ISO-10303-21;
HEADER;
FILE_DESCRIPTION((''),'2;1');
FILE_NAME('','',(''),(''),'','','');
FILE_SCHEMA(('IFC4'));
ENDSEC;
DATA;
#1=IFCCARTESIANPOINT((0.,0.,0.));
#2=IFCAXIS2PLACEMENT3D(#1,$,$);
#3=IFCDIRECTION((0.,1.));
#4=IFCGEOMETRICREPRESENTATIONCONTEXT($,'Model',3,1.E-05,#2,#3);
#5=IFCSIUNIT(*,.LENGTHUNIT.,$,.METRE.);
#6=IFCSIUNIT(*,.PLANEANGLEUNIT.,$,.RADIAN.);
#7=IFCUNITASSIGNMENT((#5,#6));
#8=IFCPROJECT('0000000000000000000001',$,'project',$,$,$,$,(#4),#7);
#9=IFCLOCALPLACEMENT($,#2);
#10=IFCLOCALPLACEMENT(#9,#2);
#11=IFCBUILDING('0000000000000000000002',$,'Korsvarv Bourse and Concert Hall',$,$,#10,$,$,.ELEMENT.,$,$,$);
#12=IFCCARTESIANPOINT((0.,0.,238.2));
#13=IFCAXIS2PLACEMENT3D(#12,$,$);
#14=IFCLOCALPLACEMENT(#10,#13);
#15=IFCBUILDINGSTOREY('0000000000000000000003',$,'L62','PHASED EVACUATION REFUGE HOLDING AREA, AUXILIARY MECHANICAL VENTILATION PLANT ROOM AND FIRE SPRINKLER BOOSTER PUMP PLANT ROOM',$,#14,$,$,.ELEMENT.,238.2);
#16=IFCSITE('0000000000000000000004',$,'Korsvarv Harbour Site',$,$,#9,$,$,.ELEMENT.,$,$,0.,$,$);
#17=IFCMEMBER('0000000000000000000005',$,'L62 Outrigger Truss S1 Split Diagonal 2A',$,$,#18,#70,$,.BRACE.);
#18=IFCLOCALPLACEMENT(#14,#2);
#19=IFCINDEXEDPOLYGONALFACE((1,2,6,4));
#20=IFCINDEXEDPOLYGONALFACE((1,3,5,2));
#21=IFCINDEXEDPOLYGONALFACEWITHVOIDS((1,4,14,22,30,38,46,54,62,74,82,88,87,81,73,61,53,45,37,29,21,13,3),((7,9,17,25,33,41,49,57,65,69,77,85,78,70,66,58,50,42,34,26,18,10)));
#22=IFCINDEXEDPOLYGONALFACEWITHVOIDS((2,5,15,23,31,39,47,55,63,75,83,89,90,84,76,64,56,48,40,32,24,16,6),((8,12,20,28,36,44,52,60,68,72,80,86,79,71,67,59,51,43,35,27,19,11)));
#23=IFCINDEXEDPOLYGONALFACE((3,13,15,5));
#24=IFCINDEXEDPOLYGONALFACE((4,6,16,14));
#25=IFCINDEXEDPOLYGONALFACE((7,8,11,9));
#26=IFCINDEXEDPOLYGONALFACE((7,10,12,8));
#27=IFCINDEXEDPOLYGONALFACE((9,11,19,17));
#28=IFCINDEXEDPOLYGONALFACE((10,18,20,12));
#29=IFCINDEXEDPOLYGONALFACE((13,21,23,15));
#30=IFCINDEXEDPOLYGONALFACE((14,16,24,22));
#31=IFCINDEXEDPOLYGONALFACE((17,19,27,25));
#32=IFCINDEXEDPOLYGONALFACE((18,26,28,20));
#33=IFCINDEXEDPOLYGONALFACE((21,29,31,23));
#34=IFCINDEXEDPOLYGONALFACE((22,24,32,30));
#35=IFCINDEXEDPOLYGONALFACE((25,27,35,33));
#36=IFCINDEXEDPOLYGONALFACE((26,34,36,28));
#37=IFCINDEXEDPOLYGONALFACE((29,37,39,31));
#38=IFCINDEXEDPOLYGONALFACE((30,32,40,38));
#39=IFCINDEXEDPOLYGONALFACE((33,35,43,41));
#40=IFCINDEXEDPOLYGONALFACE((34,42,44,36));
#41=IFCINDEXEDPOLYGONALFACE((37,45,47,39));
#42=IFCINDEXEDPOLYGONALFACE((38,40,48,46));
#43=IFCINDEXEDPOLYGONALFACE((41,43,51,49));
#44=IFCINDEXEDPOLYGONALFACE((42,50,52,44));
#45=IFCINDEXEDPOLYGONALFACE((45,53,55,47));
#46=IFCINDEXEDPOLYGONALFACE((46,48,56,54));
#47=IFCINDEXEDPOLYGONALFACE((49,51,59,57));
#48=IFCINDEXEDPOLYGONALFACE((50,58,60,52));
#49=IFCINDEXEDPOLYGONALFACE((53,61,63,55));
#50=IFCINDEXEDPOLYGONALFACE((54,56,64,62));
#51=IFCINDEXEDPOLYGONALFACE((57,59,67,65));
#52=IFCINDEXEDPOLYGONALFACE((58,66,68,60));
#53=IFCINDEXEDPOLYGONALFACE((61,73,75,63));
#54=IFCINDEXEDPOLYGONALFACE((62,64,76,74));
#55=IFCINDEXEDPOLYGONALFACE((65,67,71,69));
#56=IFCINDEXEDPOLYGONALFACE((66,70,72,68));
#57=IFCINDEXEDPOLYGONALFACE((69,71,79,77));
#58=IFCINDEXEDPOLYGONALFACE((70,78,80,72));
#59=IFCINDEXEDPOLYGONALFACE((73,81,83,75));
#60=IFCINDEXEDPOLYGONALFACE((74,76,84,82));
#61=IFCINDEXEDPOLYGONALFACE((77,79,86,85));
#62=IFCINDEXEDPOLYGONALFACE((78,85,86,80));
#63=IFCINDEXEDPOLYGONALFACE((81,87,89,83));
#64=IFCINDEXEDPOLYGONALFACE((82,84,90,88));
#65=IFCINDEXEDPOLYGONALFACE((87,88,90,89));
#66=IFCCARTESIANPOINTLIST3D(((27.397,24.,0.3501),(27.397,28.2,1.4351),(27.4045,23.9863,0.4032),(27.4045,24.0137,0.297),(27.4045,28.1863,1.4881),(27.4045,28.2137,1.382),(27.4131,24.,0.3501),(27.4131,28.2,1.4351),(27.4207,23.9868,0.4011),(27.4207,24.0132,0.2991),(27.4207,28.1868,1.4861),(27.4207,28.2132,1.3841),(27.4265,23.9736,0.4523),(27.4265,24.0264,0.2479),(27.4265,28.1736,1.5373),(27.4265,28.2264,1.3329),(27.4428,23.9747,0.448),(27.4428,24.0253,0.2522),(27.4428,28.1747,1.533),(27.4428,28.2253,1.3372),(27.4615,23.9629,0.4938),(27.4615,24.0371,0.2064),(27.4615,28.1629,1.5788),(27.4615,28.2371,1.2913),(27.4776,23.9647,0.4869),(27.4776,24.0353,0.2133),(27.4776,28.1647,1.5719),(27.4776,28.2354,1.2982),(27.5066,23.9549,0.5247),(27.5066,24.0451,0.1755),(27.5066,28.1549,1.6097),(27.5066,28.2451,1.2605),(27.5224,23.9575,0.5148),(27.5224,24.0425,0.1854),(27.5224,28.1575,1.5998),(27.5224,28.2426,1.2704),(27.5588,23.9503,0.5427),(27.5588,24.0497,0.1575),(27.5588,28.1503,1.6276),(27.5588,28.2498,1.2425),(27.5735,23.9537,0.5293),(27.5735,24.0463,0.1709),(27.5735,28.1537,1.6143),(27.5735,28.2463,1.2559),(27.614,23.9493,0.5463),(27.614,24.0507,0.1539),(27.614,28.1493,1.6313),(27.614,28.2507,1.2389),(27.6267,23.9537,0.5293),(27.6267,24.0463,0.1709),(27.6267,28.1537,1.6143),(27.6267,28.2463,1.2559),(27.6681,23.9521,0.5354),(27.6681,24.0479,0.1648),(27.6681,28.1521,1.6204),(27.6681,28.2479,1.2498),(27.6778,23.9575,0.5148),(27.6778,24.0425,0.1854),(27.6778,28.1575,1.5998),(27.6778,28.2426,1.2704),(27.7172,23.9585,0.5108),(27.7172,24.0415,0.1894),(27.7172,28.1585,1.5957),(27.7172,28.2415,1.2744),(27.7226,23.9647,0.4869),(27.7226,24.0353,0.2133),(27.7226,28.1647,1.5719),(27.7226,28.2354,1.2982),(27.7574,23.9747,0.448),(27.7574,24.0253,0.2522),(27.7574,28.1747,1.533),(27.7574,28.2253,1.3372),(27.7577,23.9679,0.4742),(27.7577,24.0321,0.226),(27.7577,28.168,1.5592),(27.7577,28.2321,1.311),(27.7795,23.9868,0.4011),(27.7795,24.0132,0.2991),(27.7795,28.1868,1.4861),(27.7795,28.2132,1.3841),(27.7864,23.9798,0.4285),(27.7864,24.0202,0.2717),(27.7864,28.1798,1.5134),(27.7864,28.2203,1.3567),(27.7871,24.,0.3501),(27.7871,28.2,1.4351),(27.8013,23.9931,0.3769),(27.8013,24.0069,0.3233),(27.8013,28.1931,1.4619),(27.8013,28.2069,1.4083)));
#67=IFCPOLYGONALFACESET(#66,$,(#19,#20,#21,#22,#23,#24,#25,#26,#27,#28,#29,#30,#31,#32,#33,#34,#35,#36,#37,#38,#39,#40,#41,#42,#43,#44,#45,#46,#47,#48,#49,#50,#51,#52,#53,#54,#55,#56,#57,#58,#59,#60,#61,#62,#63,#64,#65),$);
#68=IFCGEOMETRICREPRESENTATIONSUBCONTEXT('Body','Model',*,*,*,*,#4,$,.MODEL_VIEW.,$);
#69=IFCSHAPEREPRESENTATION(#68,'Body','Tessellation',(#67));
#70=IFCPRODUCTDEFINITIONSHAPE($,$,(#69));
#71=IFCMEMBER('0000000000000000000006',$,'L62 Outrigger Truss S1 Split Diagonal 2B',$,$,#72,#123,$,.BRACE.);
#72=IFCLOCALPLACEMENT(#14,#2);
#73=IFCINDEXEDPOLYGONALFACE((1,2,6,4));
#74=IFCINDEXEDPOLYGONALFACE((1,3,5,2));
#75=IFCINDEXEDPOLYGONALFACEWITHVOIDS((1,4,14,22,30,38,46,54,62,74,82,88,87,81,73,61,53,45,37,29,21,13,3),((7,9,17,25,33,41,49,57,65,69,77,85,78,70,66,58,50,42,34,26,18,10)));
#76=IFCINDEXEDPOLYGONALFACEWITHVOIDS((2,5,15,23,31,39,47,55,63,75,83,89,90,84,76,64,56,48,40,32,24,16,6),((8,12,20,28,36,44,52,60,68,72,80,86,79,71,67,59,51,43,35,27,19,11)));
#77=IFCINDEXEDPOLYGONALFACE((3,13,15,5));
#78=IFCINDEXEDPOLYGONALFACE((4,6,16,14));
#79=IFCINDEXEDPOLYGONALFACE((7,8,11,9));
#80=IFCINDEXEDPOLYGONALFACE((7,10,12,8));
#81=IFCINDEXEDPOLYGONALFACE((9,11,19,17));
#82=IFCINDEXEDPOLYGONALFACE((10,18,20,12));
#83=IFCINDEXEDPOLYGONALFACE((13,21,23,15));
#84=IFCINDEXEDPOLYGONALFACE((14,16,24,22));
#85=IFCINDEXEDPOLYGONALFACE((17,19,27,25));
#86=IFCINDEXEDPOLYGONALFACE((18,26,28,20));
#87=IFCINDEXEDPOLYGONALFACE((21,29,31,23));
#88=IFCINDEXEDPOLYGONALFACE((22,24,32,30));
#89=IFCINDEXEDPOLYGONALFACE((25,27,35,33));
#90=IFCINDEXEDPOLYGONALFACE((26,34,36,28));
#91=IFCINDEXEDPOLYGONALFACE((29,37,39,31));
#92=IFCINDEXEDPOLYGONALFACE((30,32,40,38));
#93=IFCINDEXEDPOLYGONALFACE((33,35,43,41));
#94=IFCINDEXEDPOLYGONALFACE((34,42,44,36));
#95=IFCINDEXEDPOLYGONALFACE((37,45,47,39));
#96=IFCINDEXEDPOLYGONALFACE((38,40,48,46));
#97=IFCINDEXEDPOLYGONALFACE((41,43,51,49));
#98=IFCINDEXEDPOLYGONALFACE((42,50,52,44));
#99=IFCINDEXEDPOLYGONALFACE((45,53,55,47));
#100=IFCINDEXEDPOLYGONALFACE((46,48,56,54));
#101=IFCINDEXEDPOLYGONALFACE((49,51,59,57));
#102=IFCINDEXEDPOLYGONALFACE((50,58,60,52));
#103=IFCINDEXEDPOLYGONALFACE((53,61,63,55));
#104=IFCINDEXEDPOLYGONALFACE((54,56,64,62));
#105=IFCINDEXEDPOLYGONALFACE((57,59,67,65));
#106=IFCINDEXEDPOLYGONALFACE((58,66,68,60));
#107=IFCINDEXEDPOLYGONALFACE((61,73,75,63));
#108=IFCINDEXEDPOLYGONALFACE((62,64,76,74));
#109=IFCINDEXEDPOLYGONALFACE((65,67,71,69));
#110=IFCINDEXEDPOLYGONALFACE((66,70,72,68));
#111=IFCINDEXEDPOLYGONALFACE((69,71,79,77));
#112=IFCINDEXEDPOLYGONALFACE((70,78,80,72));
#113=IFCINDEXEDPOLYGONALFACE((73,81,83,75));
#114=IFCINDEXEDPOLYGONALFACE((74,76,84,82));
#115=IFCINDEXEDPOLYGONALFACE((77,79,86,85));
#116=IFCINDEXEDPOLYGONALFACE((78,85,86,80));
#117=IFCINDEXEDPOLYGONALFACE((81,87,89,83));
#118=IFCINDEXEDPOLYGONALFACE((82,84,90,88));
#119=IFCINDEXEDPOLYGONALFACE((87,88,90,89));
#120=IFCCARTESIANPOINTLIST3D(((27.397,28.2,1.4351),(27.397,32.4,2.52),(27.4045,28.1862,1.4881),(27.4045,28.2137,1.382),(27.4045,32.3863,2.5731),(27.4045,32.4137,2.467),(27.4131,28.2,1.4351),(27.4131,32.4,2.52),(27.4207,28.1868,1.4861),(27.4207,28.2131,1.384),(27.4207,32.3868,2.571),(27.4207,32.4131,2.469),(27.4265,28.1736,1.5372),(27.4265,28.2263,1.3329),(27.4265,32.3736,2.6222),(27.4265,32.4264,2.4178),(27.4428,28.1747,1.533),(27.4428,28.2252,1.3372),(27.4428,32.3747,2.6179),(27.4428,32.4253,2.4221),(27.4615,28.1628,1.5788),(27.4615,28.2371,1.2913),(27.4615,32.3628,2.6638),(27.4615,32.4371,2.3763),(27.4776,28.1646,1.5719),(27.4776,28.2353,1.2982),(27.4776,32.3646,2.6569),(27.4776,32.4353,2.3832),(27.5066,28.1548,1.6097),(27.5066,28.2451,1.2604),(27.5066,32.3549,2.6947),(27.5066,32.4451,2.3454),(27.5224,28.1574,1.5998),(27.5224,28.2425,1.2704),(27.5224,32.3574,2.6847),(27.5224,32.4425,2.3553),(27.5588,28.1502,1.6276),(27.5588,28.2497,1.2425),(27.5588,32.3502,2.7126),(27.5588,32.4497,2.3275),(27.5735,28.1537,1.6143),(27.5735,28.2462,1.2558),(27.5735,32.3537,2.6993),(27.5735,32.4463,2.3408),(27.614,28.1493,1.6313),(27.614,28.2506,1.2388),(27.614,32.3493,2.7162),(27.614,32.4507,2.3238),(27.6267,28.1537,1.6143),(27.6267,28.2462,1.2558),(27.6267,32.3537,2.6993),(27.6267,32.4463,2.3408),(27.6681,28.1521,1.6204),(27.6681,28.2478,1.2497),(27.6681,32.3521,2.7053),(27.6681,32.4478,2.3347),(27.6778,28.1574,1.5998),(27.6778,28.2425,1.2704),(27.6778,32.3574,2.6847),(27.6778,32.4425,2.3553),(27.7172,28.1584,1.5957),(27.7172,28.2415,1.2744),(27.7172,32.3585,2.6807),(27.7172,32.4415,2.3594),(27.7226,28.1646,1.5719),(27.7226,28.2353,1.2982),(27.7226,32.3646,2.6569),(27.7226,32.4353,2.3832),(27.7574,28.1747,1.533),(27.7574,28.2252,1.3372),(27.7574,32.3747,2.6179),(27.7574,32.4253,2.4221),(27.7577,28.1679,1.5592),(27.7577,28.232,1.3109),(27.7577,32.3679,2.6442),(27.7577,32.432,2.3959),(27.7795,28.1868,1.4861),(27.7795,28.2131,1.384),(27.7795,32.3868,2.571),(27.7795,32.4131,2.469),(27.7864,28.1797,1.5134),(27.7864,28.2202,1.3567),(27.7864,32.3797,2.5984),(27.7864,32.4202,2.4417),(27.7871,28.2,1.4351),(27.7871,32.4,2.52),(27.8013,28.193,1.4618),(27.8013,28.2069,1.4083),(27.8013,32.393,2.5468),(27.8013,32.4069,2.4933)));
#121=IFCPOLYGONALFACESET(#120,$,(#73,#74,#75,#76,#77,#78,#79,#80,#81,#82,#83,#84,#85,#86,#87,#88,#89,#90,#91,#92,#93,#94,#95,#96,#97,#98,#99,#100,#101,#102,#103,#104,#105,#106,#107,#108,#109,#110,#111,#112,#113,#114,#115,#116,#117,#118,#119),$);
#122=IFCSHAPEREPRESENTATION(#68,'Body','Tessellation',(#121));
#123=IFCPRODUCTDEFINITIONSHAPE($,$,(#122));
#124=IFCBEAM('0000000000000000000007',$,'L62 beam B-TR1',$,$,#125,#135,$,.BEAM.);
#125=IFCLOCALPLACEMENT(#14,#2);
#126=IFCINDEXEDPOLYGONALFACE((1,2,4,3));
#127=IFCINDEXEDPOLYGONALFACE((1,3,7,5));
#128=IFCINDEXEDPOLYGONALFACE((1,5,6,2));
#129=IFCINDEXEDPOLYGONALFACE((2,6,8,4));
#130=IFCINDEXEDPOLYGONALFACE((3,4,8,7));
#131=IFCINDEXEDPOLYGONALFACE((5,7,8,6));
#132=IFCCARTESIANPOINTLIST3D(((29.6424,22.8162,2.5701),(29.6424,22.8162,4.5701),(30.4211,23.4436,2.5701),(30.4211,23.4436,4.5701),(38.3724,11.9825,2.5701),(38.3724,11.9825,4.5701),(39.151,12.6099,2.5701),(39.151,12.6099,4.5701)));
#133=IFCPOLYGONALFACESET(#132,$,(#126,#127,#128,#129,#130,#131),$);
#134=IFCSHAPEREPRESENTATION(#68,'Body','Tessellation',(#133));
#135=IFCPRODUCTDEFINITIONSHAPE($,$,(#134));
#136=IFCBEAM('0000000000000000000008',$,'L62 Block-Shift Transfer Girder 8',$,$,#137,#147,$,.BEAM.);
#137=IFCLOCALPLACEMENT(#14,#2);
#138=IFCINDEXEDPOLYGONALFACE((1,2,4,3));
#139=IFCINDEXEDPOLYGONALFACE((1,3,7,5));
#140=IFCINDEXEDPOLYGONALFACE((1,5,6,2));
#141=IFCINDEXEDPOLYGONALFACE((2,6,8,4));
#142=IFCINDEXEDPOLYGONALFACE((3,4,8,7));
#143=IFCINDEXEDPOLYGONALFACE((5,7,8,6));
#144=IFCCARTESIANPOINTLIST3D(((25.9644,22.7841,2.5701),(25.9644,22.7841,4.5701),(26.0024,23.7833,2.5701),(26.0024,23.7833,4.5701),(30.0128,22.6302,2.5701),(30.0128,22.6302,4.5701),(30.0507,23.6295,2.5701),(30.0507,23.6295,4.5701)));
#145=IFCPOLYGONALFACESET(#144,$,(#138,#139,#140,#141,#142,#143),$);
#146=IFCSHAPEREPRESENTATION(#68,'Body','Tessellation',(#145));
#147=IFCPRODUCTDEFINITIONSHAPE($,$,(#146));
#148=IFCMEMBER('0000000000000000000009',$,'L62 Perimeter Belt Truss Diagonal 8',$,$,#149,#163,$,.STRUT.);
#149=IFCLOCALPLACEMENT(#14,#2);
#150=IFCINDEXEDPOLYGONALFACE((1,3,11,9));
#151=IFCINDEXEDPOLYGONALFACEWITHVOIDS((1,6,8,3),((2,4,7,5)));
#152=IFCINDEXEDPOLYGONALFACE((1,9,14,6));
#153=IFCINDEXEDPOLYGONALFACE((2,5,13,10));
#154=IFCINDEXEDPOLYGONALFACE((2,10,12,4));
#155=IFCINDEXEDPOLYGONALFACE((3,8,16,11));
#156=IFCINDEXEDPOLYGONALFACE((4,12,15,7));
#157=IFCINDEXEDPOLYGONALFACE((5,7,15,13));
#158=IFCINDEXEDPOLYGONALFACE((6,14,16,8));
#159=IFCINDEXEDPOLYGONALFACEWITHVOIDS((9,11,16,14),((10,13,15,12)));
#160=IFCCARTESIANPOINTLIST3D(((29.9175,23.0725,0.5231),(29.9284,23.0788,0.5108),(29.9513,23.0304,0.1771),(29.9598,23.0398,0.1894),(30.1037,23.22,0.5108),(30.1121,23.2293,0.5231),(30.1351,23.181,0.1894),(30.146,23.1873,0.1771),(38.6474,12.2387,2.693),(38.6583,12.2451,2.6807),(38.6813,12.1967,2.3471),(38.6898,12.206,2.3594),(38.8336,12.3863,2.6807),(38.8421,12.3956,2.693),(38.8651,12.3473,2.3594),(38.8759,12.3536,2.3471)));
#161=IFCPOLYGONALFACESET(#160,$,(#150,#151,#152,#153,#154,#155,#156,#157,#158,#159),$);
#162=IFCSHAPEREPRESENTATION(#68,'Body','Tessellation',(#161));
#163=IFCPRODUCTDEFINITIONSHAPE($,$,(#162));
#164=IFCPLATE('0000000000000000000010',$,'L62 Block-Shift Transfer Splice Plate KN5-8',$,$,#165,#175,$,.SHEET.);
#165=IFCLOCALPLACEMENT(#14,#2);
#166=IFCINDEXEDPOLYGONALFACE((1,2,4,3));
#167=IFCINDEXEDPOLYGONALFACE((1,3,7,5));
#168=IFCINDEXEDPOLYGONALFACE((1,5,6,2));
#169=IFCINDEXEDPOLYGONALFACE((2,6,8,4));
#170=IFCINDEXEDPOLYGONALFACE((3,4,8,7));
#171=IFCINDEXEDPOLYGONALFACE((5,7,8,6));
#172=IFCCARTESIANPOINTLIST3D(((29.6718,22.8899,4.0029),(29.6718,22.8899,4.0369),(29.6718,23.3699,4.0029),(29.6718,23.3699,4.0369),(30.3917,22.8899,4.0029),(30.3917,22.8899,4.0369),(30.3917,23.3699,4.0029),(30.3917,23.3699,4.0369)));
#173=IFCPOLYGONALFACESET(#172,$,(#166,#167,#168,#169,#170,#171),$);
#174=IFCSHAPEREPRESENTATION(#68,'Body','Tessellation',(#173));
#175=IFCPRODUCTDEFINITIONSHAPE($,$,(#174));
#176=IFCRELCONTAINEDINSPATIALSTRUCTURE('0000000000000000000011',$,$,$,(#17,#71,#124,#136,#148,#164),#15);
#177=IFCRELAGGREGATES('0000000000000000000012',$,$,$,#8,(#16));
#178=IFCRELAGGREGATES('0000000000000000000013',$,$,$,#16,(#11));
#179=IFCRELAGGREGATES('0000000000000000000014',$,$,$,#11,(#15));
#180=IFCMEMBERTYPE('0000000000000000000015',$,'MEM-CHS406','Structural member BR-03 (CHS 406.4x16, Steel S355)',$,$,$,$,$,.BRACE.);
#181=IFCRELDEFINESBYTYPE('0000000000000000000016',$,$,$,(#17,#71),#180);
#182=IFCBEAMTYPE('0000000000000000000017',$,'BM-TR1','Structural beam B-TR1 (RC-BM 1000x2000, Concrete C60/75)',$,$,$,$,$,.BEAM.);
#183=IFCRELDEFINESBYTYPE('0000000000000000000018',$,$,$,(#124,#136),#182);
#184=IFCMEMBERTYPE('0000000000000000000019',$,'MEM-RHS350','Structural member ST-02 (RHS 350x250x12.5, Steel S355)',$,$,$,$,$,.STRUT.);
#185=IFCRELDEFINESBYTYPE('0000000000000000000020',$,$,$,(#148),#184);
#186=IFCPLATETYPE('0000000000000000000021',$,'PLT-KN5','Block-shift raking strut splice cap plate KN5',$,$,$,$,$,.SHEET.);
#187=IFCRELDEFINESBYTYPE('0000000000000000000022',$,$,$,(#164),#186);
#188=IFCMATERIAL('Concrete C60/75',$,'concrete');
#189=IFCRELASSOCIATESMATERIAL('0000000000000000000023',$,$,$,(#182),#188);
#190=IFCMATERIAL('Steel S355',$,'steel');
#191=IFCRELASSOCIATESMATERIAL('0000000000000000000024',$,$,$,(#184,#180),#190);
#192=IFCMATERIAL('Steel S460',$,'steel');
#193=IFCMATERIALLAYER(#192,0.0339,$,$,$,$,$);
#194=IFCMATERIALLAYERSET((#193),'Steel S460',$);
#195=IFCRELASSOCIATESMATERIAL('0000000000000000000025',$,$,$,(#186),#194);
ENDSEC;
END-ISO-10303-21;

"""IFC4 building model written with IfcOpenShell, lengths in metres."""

from ifc_helpers import new_model, si_unit, direction, frame, origin, origin_2d, place, context, subcontext, project, spatial, rectangle, hollow_rectangle, hollow_circle, extrude, source, transform, mapped, material, layer, layer_set, material_profile, profile_set, type_object, element, save


model = new_model("IFC4")

# Units and contexts
model_context = context("Model", 3, precision=1e-05, world=origin(), true_north=direction((0.0, 1.0)))
body_context = subcontext(model_context, "Body", "Model", "MODEL_VIEW")
ifc_project = project(units=[si_unit("LENGTHUNIT", "METRE"), si_unit("PLANEANGLEUNIT", "RADIAN")], contexts=[model_context])

# Site, building, storey
site_placement = place(None, origin())
site = spatial("IfcSite", under=ifc_project, at=site_placement, Name="Korsvarv Harbour Site", CompositionType="ELEMENT", RefElevation=0.0)
building_placement = place(site_placement, origin())
building = spatial("IfcBuilding", under=site, at=building_placement, Name="Korsvarv Bourse and Concert Hall", CompositionType="ELEMENT")
storey_placement = place(building_placement, frame((0.0, 0.0, 238.2)))
storey = spatial("IfcBuildingStorey", under=building, at=storey_placement, Name="L62", Description="PHASED EVACUATION REFUGE HOLDING AREA, AUXILIARY MECHANICAL VENTILATION PLANT ROOM AND FIRE SPRINKLER BOOSTER PUMP PLANT ROOM", CompositionType="ELEMENT", Elevation=238.2)

# Shared definitions
ifc_material_1 = material(Name="Steel S355", Category="steel")

# Shared definitions
ifc_material_2 = material(Name="Concrete C60/75", Category="concrete")
ifc_material_profile_1 = material_profile(ifc_material_2, rectangle(XDim=1.0, YDim=2.0, at=origin_2d()), Name="RC-BM 1000x2000")
ifc_profile_set_1 = profile_set([ifc_material_profile_1], Name="Concrete C60/75")
beam_type = type_object("IfcBeamType", Name="BM-TR1", Description="Structural beam B-TR1 (RC-BM 1000x2000, Concrete C60/75)", PredefinedType="BEAM", material=ifc_profile_set_1)

# Members
ifc_material_3 = material(Name="Steel S460", Category="steel")
ifc_material_profile_2 = material_profile(ifc_material_1, hollow_rectangle(XDim=0.25, YDim=0.3501, WallThickness=0.0125, at=origin_2d()), Name="RHS 350x250x12.5")
ifc_profile_set_2 = profile_set([ifc_material_profile_2], Name="Steel S355")
member_type_1 = type_object("IfcMemberType", Name="MEM-RHS350", Description="Structural member ST-02 (RHS 350x250x12.5, Steel S355)", PredefinedType="STRUT", material=ifc_profile_set_2)
ifc_material_profile_3 = material_profile(ifc_material_1, hollow_circle(Radius=0.2031, WallThickness=0.0161, at=origin_2d()), Name="CHS 406.4x16")
ifc_profile_set_3 = profile_set([ifc_material_profile_3], Name="Steel S355")
member_type_2 = type_object("IfcMemberType", Name="MEM-CHS406", Description="Structural member BR-03 (CHS 406.4x16, Steel S355)", PredefinedType="BRACE", material=ifc_profile_set_3)
shared_shape_1 = source(origin(), body_context, "Body", "SweptSolid", [
    extrude(hollow_circle(Radius=0.2031, WallThickness=0.0161, at=origin_2d()), origin(), (0.0, 0.0, 1.0), 4.3379),
])
for number, where, z_axis, x_axis, name in (
    (1, (27.6001, 24.0, 0.3501), (0.0, 0.968216, 0.250116), (-1.0, 0.0, 0.0), "L62 Outrigger Truss S1 Split Diagonal 2A"),
    (2, (27.6001, 28.2, 1.4351), (0.0, 0.968216, 0.250116), (-1.0, 0.0, 0.0), "L62 Outrigger Truss S1 Split Diagonal 2B"),
):
    element("IfcMember", number, at=place(storey_placement, frame(where, z_axis=z_axis, x_axis=x_axis)), inside=storey, type_object=member_type_2, Name=name, PredefinedType="BRACE", context=body_context, shape_type="MappedRepresentation", body=[
        mapped(shared_shape_1, transform((0.0, 0.0, 0.0), scale=1.0)),
    ])

# Beams
shared_shape_2 = source(origin(), body_context, "Body", "SweptSolid", [
    extrude(rectangle(XDim=1.0, YDim=2.0, at=origin_2d()), origin(), (0.0, 0.0, 1.0), 13.9133),
])
beam_1_placement = place(storey_placement, frame((30.0317, 23.1299, 3.5701), z_axis=(0.627452, -0.778656, 0.0), x_axis=(0.778656, 0.627452, 0.0)))
element("IfcBeam", 3, at=beam_1_placement, inside=storey, type_object=beam_type, Name="L62 beam B-TR1", PredefinedType="BEAM", context=body_context, shape_type="MappedRepresentation", body=[
    mapped(shared_shape_2, transform((0.0, 0.0, 0.0), scale=1.0)),
])
shared_shape_3 = source(origin(), body_context, "Body", "SweptSolid", [
    extrude(rectangle(XDim=1.0, YDim=2.0, at=origin_2d()), origin(), (0.0, 0.0, 1.0), 4.0513),
])
beam_2_placement = place(storey_placement, frame((30.0317, 23.1299, 3.5701), z_axis=(-0.999279, 0.037966, 0.0), x_axis=(-0.037966, -0.999279, 0.0)))
element("IfcBeam", 4, at=beam_2_placement, inside=storey, type_object=beam_type, Name="L62 Block-Shift Transfer Girder 8", PredefinedType="BEAM", context=body_context, shape_type="MappedRepresentation", body=[
    mapped(shared_shape_3, transform((0.0, 0.0, 0.0), scale=1.0)),
])

# Member
shared_shape_4 = source(origin(), body_context, "Body", "SweptSolid", [
    extrude(hollow_rectangle(XDim=0.25, YDim=0.3501, WallThickness=0.0125, at=origin_2d()), origin(), (0.0, 0.0, 1.0), 14.0815),
])
member_1_placement = place(storey_placement, frame((30.0317, 23.1299, 0.3501), z_axis=(0.619957, -0.769355, 0.154096), x_axis=(0.778656, 0.627452, 0.0)))
element("IfcMember", 5, at=member_1_placement, inside=storey, type_object=member_type_1, Name="L62 Perimeter Belt Truss Diagonal 8", PredefinedType="STRUT", context=body_context, shape_type="MappedRepresentation", body=[
    mapped(shared_shape_4, transform((0.0, 0.0, 0.0), scale=1.0)),
])

# Plate
ifc_layer_1 = layer(ifc_material_3, 0.0339)
ifc_layer_set_1 = layer_set([ifc_layer_1], Name="Steel S460")
plate_type_1 = type_object("IfcPlateType", Name="PLT-KN5", Description="Block-shift raking strut splice cap plate KN5", PredefinedType="SHEET", material=ifc_layer_set_1)
shared_shape_5 = source(origin(), body_context, "Body", "SweptSolid", [
    extrude(rectangle(XDim=0.72, YDim=0.48, at=origin_2d()), origin(), (0.0, 0.0, 1.0), 0.0339),
])
plate_1_placement = place(storey_placement, frame((30.0317, 23.1299, 4.0029), z_axis=(0.0, 0.0, 1.0), x_axis=(1.0, 0.0, 0.0)))
element("IfcPlate", 6, at=plate_1_placement, inside=storey, type_object=plate_type_1, Name="L62 Block-Shift Transfer Splice Plate KN5-8", PredefinedType="SHEET", context=body_context, shape_type="MappedRepresentation", body=[
    mapped(shared_shape_5, transform((0.0, 0.0, 0.0), scale=1.0)),
])

save(model, "model.ifc")
